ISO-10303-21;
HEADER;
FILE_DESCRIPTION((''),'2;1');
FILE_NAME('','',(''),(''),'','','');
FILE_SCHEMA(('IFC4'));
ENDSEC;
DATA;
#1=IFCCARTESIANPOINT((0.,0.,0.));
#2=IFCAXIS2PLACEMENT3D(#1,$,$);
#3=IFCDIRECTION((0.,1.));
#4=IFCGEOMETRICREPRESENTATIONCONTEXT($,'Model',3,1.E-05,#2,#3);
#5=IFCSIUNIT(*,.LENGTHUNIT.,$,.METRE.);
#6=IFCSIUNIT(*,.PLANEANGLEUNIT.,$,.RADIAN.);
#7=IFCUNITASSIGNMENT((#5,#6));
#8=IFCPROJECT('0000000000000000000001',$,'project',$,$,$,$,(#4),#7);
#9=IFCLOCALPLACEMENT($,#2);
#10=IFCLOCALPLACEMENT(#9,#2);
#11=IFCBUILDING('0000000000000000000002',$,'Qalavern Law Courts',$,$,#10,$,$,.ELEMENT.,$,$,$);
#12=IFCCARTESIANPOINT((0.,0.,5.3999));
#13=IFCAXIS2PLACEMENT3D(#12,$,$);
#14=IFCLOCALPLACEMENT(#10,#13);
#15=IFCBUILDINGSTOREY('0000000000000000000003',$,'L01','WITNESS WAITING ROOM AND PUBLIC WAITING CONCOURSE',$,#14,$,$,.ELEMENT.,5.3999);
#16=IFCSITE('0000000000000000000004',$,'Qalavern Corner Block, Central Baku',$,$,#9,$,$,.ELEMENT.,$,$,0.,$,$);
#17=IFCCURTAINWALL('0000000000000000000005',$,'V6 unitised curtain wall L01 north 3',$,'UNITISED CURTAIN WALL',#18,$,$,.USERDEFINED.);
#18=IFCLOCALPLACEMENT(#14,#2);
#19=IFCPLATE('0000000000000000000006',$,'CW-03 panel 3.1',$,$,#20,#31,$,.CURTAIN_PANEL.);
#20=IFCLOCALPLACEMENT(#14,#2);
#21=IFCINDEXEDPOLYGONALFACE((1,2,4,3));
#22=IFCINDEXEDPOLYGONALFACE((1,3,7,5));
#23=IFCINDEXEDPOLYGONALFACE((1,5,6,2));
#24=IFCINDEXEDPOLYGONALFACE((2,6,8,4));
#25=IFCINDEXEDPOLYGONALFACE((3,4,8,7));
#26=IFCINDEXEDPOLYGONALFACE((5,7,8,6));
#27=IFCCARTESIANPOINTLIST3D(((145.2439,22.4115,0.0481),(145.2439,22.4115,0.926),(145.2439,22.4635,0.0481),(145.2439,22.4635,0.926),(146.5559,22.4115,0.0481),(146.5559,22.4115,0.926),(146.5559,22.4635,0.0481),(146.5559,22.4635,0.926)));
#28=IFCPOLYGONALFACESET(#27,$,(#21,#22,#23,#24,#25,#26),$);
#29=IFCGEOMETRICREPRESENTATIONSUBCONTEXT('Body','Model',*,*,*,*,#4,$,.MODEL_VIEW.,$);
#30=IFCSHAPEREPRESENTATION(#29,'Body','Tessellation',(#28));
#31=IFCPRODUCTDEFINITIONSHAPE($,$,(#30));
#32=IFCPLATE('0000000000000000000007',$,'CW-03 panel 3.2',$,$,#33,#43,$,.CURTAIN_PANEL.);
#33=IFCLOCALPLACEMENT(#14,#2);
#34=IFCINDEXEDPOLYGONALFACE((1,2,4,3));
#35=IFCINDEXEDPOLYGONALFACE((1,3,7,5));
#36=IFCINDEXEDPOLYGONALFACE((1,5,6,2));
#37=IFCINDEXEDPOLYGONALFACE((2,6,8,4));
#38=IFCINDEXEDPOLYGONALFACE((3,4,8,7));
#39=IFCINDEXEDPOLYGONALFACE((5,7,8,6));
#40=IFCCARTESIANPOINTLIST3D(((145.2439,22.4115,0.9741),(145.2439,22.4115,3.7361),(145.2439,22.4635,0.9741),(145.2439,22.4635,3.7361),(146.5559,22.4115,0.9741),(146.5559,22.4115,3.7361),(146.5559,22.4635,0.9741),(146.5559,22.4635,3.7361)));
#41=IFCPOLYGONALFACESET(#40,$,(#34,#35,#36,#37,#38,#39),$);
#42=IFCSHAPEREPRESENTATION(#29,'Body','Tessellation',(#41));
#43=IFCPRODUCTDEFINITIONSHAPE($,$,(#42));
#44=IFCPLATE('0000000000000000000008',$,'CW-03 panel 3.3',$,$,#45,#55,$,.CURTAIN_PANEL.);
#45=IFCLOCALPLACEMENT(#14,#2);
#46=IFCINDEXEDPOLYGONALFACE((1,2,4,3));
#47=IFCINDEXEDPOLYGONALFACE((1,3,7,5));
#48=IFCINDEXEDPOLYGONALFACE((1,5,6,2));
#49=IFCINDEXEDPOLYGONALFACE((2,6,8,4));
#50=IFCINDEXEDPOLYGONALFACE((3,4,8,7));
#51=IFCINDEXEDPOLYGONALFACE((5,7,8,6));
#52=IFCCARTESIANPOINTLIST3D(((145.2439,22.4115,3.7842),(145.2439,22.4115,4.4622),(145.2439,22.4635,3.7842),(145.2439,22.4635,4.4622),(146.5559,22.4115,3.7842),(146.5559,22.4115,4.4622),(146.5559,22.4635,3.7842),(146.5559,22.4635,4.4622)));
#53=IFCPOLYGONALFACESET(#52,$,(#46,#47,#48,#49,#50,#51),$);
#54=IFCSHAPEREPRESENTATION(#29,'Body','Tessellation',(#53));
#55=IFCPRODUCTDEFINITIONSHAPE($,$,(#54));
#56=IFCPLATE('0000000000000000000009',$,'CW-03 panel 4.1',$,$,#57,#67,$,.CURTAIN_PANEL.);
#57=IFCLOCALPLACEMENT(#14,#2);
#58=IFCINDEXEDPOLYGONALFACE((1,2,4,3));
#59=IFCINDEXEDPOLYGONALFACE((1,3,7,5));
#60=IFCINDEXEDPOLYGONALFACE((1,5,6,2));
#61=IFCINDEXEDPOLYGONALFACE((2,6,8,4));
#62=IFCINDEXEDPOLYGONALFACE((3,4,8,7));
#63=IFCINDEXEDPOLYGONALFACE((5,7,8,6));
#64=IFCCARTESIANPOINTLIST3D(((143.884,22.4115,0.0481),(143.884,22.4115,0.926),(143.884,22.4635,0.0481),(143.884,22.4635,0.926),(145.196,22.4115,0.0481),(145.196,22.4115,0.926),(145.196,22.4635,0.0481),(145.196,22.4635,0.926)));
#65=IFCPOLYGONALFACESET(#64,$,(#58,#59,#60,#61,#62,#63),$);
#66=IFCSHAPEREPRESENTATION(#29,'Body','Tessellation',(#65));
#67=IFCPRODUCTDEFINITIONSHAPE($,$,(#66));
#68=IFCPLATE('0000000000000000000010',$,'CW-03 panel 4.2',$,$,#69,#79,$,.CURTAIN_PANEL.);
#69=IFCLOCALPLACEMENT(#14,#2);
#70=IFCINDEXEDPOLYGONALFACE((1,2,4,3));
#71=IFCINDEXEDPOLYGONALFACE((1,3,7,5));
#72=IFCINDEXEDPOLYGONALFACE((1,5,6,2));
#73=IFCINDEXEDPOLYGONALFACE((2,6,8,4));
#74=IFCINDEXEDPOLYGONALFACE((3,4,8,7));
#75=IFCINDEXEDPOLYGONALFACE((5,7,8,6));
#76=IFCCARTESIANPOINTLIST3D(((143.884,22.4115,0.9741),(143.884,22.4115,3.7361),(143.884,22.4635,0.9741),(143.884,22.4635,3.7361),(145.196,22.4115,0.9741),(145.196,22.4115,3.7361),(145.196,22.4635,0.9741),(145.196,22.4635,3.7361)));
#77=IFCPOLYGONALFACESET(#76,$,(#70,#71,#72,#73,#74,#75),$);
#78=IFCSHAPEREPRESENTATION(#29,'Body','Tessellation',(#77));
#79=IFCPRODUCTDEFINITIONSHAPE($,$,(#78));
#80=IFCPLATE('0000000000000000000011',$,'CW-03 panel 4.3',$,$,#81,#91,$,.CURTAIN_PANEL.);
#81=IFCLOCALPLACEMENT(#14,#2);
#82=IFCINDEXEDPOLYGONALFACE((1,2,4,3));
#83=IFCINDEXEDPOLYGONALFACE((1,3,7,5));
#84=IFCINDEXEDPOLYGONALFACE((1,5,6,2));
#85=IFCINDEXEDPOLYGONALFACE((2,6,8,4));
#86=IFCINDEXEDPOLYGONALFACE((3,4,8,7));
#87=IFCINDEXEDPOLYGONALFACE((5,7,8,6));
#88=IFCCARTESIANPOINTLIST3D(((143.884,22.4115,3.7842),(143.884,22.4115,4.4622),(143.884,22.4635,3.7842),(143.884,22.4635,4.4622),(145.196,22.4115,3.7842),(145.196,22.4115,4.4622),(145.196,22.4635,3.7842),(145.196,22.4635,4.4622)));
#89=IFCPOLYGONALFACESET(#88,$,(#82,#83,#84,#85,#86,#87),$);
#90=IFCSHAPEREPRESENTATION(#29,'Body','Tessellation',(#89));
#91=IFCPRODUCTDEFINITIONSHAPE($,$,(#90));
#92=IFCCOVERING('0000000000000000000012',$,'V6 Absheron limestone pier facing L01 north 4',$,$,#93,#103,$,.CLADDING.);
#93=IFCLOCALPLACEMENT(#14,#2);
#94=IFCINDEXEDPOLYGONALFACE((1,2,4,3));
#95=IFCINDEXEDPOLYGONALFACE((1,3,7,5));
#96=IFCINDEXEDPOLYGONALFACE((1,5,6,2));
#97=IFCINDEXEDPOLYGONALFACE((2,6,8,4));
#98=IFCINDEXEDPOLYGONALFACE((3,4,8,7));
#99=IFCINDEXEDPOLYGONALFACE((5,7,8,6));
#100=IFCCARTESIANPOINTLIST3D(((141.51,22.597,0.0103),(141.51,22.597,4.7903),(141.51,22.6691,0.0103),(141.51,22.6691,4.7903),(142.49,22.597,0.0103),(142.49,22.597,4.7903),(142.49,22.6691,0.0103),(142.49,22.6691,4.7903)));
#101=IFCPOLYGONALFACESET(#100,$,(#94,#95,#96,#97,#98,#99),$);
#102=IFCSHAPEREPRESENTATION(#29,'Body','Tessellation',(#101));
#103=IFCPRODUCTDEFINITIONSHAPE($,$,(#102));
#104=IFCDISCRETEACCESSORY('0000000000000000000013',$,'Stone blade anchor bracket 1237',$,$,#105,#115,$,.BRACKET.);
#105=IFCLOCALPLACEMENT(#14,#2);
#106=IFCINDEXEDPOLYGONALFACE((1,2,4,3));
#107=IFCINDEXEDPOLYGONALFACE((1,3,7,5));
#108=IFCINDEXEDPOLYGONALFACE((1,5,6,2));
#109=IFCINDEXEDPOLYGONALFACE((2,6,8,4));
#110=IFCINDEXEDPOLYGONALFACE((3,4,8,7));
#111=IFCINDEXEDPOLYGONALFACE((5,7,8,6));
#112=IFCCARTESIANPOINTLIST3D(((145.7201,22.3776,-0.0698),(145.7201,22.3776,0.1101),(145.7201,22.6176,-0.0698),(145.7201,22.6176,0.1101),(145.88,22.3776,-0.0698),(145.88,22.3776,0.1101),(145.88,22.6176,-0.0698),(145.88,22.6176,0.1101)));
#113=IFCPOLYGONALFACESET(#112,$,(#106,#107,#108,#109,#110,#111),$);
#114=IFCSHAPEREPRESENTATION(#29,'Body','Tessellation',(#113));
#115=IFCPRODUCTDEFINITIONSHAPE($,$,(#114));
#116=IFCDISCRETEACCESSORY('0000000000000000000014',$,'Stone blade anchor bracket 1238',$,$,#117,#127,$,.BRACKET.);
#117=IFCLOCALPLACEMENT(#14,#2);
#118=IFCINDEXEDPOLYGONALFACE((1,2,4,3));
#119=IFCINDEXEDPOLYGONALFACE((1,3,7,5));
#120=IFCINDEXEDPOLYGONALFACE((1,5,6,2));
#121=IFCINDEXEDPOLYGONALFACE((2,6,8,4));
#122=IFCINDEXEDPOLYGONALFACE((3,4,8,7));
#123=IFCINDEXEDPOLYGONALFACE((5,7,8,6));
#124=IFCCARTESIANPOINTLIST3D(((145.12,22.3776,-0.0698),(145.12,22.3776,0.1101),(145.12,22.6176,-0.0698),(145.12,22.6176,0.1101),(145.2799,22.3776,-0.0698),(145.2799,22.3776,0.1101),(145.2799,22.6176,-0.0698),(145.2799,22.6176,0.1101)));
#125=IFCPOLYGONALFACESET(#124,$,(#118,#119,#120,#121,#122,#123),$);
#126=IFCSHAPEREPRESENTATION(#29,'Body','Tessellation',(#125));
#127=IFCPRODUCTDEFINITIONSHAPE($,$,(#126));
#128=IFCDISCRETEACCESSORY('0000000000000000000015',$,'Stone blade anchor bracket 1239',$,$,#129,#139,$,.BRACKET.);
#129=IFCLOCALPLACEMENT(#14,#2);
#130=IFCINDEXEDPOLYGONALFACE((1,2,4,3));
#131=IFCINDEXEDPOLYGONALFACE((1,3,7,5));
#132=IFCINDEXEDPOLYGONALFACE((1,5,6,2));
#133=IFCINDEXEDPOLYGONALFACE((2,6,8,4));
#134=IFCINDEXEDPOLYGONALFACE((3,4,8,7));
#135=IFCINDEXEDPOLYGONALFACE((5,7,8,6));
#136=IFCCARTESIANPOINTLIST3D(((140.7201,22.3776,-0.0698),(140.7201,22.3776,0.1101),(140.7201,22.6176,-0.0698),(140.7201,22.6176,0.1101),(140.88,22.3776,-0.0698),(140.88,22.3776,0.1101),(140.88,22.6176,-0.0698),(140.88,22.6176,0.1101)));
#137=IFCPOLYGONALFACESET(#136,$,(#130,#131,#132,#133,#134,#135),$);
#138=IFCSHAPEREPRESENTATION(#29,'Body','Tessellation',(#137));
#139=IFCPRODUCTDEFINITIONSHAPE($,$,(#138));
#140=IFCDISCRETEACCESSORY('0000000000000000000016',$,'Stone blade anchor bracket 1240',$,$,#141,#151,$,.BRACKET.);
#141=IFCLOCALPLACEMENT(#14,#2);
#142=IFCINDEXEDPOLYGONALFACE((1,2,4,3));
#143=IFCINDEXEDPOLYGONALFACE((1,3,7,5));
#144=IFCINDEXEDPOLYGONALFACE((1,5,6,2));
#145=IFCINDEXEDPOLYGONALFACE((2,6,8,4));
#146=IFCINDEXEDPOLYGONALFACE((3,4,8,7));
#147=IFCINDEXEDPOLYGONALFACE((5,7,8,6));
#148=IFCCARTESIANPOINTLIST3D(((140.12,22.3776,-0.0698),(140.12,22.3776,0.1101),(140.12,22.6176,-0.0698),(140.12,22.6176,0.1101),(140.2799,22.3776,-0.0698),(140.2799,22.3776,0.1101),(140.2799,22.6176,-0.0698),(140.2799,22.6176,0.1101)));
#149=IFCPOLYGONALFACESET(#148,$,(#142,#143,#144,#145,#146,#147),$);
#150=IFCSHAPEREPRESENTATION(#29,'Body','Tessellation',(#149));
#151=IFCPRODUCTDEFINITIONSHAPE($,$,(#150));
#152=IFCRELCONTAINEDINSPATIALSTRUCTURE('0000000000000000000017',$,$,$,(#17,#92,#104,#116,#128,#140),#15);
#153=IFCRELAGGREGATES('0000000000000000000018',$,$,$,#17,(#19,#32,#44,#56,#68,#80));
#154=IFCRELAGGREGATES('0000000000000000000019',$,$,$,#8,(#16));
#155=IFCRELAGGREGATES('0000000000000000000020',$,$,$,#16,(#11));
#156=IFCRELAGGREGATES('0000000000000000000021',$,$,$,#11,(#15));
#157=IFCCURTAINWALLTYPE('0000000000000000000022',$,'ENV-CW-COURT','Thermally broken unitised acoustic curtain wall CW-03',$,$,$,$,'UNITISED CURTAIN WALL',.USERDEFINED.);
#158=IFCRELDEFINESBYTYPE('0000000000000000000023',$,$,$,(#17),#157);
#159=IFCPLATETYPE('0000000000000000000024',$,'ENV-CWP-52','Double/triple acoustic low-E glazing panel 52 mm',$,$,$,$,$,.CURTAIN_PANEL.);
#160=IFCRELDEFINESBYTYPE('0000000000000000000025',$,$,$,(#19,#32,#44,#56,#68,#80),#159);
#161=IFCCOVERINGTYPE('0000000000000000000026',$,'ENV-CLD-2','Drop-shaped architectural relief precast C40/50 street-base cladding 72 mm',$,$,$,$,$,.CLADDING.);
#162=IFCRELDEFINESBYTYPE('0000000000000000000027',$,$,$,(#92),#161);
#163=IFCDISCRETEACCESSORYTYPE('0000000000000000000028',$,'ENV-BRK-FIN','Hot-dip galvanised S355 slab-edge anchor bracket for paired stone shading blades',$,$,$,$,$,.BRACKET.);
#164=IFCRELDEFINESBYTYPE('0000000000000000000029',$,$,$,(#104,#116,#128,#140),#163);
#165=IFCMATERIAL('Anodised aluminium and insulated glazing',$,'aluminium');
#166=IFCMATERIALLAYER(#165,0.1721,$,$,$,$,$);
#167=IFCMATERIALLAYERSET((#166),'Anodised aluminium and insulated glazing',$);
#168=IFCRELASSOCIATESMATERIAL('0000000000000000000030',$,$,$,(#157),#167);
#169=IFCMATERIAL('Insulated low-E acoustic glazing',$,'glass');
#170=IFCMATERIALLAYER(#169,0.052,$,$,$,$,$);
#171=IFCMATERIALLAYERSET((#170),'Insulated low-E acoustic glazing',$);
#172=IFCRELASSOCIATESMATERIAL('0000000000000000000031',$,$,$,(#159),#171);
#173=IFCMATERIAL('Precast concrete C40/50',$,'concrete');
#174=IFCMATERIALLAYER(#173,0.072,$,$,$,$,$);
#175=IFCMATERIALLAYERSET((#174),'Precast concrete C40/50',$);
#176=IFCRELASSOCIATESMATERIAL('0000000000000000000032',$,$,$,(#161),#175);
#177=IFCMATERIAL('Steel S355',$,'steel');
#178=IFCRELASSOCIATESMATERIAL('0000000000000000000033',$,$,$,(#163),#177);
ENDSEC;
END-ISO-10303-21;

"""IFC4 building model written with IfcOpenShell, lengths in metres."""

from ifc_helpers import new_model, si_unit, direction, frame, origin, origin_2d, place, context, subcontext, project, spatial, rectangle, extrude, material, layer, layer_set, type_object, element, aggregate, save


model = new_model("IFC4")

# Units and contexts
model_context = context("Model", 3, precision=1e-05, world=origin(), true_north=direction((0.0, 1.0)))
body_context = subcontext(model_context, "Body", "Model", "MODEL_VIEW")
ifc_project = project(units=[si_unit("LENGTHUNIT", "METRE"), si_unit("PLANEANGLEUNIT", "RADIAN")], contexts=[model_context])

# Site, building, storey
site_placement = place(None, origin())
site = spatial("IfcSite", under=ifc_project, at=site_placement, Name="Qalavern Corner Block, Central Baku", CompositionType="ELEMENT", RefElevation=0.0)
building_placement = place(site_placement, origin())
building = spatial("IfcBuilding", under=site, at=building_placement, Name="Qalavern Law Courts", CompositionType="ELEMENT")
storey_placement = place(building_placement, frame((0.0, 0.0, 5.3999)))
storey = spatial("IfcBuildingStorey", under=building, at=storey_placement, Name="L01", Description="WITNESS WAITING ROOM AND PUBLIC WAITING CONCOURSE", CompositionType="ELEMENT", Elevation=5.3999)

# Curtain wall, plates
ifc_material_1 = material(Name="Anodised aluminium and insulated glazing", Category="aluminium")
ifc_layer_1 = layer(ifc_material_1, 0.1721)
ifc_layer_set_1 = layer_set([ifc_layer_1], Name="Anodised aluminium and insulated glazing")
curtain_wall_type = type_object("IfcCurtainWallType", Name="ENV-CW-COURT", Description="Thermally broken unitised acoustic curtain wall CW-03", ElementType="UNITISED CURTAIN WALL", PredefinedType="USERDEFINED", material=ifc_layer_set_1)
curtain_wall_placement = place(storey_placement, origin())
curtain_wall = element("IfcCurtainWall", 1, at=curtain_wall_placement, inside=storey, type_object=curtain_wall_type, Name="V6 unitised curtain wall L01 north 3", ObjectType="UNITISED CURTAIN WALL", PredefinedType="USERDEFINED")
ifc_material_2 = material(Name="Insulated low-E acoustic glazing", Category="glass")
ifc_layer_2 = layer(ifc_material_2, 0.052)
ifc_layer_set_2 = layer_set([ifc_layer_2], Name="Insulated low-E acoustic glazing")
plate_type = type_object("IfcPlateType", Name="ENV-CWP-52", Description="Double/triple acoustic low-E glazing panel 52 mm", PredefinedType="CURTAIN_PANEL", material=ifc_layer_set_2)
plate_1_placement = place(storey_placement, frame((145.8999, 22.4375, 0.0481), z_axis=(0.0, 0.0, 1.0), x_axis=(-1.0, 0.0, 0.0)))
plate_1 = element("IfcPlate", 2, at=plate_1_placement, type_object=plate_type, Name="CW-03 panel 3.1", PredefinedType="CURTAIN_PANEL", context=body_context, shape_type="SweptSolid", body=[
    extrude(rectangle(XDim=1.312, YDim=0.052, at=origin_2d()), origin(), (0.0, 0.0, 1.0), 0.8779),
])
plate_2_placement = place(storey_placement, frame((145.8999, 22.4375, 0.9741), z_axis=(0.0, 0.0, 1.0), x_axis=(-1.0, 0.0, 0.0)))
plate_2 = element("IfcPlate", 3, at=plate_2_placement, type_object=plate_type, Name="CW-03 panel 3.2", PredefinedType="CURTAIN_PANEL", context=body_context, shape_type="SweptSolid", body=[
    extrude(rectangle(XDim=1.312, YDim=0.052, at=origin_2d()), origin(), (0.0, 0.0, 1.0), 2.762),
])
plate_3_placement = place(storey_placement, frame((145.8999, 22.4375, 3.7842), z_axis=(0.0, 0.0, 1.0), x_axis=(-1.0, 0.0, 0.0)))
plate_3 = element("IfcPlate", 4, at=plate_3_placement, type_object=plate_type, Name="CW-03 panel 3.3", PredefinedType="CURTAIN_PANEL", context=body_context, shape_type="SweptSolid", body=[
    extrude(rectangle(XDim=1.312, YDim=0.052, at=origin_2d()), origin(), (0.0, 0.0, 1.0), 0.678),
])
plate_4_placement = place(storey_placement, frame((144.54, 22.4375, 0.0481), z_axis=(0.0, 0.0, 1.0), x_axis=(-1.0, 0.0, 0.0)))
plate_4 = element("IfcPlate", 5, at=plate_4_placement, type_object=plate_type, Name="CW-03 panel 4.1", PredefinedType="CURTAIN_PANEL", context=body_context, shape_type="SweptSolid", body=[
    extrude(rectangle(XDim=1.312, YDim=0.052, at=origin_2d()), origin(), (0.0, 0.0, 1.0), 0.8779),
])
plate_5_placement = place(storey_placement, frame((144.54, 22.4375, 0.9741), z_axis=(0.0, 0.0, 1.0), x_axis=(-1.0, 0.0, 0.0)))
plate_5 = element("IfcPlate", 6, at=plate_5_placement, type_object=plate_type, Name="CW-03 panel 4.2", PredefinedType="CURTAIN_PANEL", context=body_context, shape_type="SweptSolid", body=[
    extrude(rectangle(XDim=1.312, YDim=0.052, at=origin_2d()), origin(), (0.0, 0.0, 1.0), 2.762),
])
plate_6_placement = place(storey_placement, frame((144.54, 22.4375, 3.7842), z_axis=(0.0, 0.0, 1.0), x_axis=(-1.0, 0.0, 0.0)))
plate_6 = element("IfcPlate", 7, at=plate_6_placement, type_object=plate_type, Name="CW-03 panel 4.3", PredefinedType="CURTAIN_PANEL", context=body_context, shape_type="SweptSolid", body=[
    extrude(rectangle(XDim=1.312, YDim=0.052, at=origin_2d()), origin(), (0.0, 0.0, 1.0), 0.678),
])
aggregate(curtain_wall, [plate_1, plate_2, plate_3, plate_4, plate_5, plate_6])

# Covering
ifc_material_3 = material(Name="Precast concrete C40/50", Category="concrete")
ifc_layer_3 = layer(ifc_material_3, 0.072)
ifc_layer_set_3 = layer_set([ifc_layer_3], Name="Precast concrete C40/50")
covering_type = type_object("IfcCoveringType", Name="ENV-CLD-2", Description="Drop-shaped architectural relief precast C40/50 street-base cladding 72 mm", PredefinedType="CLADDING", material=ifc_layer_set_3)
covering_placement = place(storey_placement, frame((142.0, 22.6331, 0.0103), z_axis=(0.0, 0.0, 1.0), x_axis=(-1.0, 0.0, 0.0)))
element("IfcCovering", 8, at=covering_placement, inside=storey, type_object=covering_type, Name="V6 Absheron limestone pier facing L01 north 4", PredefinedType="CLADDING", context=body_context, shape_type="SweptSolid", body=[
    extrude(rectangle(XDim=0.98, YDim=0.072, at=origin_2d()), origin(), (0.0, 0.0, 1.0), 4.78),
])

# Discrete accessories
ifc_material_4 = material(Name="Steel S355", Category="steel")
discrete_accessory_type = type_object("IfcDiscreteAccessoryType", Name="ENV-BRK-FIN", Description="Hot-dip galvanised S355 slab-edge anchor bracket for paired stone shading blades", PredefinedType="BRACKET", material=ifc_material_4)
for number, where, z_axis, x_axis, name in (
    (9, (145.8, 22.4976, -0.0698), (0.0, 0.0, 1.0), (0.0, 1.0, 0.0), "Stone blade anchor bracket 1237"),
    (10, (145.2, 22.4976, -0.0698), (0.0, 0.0, 1.0), (0.0, 1.0, 0.0), "Stone blade anchor bracket 1238"),
    (11, (140.8, 22.4976, -0.0698), (0.0, 0.0, 1.0), (0.0, 1.0, 0.0), "Stone blade anchor bracket 1239"),
    (12, (140.2, 22.4976, -0.0698), (0.0, 0.0, 1.0), (0.0, 1.0, 0.0), "Stone blade anchor bracket 1240"),
):
    element("IfcDiscreteAccessory", number, at=place(storey_placement, frame(where, z_axis=z_axis, x_axis=x_axis)), inside=storey, type_object=discrete_accessory_type, Name=name, PredefinedType="BRACKET", context=body_context, shape_type="SweptSolid", body=[
        extrude(rectangle(XDim=0.24, YDim=0.1599, at=origin_2d()), origin(), (0.0, 0.0, 1.0), 0.1799),
    ])

save(model, "model.ifc")
